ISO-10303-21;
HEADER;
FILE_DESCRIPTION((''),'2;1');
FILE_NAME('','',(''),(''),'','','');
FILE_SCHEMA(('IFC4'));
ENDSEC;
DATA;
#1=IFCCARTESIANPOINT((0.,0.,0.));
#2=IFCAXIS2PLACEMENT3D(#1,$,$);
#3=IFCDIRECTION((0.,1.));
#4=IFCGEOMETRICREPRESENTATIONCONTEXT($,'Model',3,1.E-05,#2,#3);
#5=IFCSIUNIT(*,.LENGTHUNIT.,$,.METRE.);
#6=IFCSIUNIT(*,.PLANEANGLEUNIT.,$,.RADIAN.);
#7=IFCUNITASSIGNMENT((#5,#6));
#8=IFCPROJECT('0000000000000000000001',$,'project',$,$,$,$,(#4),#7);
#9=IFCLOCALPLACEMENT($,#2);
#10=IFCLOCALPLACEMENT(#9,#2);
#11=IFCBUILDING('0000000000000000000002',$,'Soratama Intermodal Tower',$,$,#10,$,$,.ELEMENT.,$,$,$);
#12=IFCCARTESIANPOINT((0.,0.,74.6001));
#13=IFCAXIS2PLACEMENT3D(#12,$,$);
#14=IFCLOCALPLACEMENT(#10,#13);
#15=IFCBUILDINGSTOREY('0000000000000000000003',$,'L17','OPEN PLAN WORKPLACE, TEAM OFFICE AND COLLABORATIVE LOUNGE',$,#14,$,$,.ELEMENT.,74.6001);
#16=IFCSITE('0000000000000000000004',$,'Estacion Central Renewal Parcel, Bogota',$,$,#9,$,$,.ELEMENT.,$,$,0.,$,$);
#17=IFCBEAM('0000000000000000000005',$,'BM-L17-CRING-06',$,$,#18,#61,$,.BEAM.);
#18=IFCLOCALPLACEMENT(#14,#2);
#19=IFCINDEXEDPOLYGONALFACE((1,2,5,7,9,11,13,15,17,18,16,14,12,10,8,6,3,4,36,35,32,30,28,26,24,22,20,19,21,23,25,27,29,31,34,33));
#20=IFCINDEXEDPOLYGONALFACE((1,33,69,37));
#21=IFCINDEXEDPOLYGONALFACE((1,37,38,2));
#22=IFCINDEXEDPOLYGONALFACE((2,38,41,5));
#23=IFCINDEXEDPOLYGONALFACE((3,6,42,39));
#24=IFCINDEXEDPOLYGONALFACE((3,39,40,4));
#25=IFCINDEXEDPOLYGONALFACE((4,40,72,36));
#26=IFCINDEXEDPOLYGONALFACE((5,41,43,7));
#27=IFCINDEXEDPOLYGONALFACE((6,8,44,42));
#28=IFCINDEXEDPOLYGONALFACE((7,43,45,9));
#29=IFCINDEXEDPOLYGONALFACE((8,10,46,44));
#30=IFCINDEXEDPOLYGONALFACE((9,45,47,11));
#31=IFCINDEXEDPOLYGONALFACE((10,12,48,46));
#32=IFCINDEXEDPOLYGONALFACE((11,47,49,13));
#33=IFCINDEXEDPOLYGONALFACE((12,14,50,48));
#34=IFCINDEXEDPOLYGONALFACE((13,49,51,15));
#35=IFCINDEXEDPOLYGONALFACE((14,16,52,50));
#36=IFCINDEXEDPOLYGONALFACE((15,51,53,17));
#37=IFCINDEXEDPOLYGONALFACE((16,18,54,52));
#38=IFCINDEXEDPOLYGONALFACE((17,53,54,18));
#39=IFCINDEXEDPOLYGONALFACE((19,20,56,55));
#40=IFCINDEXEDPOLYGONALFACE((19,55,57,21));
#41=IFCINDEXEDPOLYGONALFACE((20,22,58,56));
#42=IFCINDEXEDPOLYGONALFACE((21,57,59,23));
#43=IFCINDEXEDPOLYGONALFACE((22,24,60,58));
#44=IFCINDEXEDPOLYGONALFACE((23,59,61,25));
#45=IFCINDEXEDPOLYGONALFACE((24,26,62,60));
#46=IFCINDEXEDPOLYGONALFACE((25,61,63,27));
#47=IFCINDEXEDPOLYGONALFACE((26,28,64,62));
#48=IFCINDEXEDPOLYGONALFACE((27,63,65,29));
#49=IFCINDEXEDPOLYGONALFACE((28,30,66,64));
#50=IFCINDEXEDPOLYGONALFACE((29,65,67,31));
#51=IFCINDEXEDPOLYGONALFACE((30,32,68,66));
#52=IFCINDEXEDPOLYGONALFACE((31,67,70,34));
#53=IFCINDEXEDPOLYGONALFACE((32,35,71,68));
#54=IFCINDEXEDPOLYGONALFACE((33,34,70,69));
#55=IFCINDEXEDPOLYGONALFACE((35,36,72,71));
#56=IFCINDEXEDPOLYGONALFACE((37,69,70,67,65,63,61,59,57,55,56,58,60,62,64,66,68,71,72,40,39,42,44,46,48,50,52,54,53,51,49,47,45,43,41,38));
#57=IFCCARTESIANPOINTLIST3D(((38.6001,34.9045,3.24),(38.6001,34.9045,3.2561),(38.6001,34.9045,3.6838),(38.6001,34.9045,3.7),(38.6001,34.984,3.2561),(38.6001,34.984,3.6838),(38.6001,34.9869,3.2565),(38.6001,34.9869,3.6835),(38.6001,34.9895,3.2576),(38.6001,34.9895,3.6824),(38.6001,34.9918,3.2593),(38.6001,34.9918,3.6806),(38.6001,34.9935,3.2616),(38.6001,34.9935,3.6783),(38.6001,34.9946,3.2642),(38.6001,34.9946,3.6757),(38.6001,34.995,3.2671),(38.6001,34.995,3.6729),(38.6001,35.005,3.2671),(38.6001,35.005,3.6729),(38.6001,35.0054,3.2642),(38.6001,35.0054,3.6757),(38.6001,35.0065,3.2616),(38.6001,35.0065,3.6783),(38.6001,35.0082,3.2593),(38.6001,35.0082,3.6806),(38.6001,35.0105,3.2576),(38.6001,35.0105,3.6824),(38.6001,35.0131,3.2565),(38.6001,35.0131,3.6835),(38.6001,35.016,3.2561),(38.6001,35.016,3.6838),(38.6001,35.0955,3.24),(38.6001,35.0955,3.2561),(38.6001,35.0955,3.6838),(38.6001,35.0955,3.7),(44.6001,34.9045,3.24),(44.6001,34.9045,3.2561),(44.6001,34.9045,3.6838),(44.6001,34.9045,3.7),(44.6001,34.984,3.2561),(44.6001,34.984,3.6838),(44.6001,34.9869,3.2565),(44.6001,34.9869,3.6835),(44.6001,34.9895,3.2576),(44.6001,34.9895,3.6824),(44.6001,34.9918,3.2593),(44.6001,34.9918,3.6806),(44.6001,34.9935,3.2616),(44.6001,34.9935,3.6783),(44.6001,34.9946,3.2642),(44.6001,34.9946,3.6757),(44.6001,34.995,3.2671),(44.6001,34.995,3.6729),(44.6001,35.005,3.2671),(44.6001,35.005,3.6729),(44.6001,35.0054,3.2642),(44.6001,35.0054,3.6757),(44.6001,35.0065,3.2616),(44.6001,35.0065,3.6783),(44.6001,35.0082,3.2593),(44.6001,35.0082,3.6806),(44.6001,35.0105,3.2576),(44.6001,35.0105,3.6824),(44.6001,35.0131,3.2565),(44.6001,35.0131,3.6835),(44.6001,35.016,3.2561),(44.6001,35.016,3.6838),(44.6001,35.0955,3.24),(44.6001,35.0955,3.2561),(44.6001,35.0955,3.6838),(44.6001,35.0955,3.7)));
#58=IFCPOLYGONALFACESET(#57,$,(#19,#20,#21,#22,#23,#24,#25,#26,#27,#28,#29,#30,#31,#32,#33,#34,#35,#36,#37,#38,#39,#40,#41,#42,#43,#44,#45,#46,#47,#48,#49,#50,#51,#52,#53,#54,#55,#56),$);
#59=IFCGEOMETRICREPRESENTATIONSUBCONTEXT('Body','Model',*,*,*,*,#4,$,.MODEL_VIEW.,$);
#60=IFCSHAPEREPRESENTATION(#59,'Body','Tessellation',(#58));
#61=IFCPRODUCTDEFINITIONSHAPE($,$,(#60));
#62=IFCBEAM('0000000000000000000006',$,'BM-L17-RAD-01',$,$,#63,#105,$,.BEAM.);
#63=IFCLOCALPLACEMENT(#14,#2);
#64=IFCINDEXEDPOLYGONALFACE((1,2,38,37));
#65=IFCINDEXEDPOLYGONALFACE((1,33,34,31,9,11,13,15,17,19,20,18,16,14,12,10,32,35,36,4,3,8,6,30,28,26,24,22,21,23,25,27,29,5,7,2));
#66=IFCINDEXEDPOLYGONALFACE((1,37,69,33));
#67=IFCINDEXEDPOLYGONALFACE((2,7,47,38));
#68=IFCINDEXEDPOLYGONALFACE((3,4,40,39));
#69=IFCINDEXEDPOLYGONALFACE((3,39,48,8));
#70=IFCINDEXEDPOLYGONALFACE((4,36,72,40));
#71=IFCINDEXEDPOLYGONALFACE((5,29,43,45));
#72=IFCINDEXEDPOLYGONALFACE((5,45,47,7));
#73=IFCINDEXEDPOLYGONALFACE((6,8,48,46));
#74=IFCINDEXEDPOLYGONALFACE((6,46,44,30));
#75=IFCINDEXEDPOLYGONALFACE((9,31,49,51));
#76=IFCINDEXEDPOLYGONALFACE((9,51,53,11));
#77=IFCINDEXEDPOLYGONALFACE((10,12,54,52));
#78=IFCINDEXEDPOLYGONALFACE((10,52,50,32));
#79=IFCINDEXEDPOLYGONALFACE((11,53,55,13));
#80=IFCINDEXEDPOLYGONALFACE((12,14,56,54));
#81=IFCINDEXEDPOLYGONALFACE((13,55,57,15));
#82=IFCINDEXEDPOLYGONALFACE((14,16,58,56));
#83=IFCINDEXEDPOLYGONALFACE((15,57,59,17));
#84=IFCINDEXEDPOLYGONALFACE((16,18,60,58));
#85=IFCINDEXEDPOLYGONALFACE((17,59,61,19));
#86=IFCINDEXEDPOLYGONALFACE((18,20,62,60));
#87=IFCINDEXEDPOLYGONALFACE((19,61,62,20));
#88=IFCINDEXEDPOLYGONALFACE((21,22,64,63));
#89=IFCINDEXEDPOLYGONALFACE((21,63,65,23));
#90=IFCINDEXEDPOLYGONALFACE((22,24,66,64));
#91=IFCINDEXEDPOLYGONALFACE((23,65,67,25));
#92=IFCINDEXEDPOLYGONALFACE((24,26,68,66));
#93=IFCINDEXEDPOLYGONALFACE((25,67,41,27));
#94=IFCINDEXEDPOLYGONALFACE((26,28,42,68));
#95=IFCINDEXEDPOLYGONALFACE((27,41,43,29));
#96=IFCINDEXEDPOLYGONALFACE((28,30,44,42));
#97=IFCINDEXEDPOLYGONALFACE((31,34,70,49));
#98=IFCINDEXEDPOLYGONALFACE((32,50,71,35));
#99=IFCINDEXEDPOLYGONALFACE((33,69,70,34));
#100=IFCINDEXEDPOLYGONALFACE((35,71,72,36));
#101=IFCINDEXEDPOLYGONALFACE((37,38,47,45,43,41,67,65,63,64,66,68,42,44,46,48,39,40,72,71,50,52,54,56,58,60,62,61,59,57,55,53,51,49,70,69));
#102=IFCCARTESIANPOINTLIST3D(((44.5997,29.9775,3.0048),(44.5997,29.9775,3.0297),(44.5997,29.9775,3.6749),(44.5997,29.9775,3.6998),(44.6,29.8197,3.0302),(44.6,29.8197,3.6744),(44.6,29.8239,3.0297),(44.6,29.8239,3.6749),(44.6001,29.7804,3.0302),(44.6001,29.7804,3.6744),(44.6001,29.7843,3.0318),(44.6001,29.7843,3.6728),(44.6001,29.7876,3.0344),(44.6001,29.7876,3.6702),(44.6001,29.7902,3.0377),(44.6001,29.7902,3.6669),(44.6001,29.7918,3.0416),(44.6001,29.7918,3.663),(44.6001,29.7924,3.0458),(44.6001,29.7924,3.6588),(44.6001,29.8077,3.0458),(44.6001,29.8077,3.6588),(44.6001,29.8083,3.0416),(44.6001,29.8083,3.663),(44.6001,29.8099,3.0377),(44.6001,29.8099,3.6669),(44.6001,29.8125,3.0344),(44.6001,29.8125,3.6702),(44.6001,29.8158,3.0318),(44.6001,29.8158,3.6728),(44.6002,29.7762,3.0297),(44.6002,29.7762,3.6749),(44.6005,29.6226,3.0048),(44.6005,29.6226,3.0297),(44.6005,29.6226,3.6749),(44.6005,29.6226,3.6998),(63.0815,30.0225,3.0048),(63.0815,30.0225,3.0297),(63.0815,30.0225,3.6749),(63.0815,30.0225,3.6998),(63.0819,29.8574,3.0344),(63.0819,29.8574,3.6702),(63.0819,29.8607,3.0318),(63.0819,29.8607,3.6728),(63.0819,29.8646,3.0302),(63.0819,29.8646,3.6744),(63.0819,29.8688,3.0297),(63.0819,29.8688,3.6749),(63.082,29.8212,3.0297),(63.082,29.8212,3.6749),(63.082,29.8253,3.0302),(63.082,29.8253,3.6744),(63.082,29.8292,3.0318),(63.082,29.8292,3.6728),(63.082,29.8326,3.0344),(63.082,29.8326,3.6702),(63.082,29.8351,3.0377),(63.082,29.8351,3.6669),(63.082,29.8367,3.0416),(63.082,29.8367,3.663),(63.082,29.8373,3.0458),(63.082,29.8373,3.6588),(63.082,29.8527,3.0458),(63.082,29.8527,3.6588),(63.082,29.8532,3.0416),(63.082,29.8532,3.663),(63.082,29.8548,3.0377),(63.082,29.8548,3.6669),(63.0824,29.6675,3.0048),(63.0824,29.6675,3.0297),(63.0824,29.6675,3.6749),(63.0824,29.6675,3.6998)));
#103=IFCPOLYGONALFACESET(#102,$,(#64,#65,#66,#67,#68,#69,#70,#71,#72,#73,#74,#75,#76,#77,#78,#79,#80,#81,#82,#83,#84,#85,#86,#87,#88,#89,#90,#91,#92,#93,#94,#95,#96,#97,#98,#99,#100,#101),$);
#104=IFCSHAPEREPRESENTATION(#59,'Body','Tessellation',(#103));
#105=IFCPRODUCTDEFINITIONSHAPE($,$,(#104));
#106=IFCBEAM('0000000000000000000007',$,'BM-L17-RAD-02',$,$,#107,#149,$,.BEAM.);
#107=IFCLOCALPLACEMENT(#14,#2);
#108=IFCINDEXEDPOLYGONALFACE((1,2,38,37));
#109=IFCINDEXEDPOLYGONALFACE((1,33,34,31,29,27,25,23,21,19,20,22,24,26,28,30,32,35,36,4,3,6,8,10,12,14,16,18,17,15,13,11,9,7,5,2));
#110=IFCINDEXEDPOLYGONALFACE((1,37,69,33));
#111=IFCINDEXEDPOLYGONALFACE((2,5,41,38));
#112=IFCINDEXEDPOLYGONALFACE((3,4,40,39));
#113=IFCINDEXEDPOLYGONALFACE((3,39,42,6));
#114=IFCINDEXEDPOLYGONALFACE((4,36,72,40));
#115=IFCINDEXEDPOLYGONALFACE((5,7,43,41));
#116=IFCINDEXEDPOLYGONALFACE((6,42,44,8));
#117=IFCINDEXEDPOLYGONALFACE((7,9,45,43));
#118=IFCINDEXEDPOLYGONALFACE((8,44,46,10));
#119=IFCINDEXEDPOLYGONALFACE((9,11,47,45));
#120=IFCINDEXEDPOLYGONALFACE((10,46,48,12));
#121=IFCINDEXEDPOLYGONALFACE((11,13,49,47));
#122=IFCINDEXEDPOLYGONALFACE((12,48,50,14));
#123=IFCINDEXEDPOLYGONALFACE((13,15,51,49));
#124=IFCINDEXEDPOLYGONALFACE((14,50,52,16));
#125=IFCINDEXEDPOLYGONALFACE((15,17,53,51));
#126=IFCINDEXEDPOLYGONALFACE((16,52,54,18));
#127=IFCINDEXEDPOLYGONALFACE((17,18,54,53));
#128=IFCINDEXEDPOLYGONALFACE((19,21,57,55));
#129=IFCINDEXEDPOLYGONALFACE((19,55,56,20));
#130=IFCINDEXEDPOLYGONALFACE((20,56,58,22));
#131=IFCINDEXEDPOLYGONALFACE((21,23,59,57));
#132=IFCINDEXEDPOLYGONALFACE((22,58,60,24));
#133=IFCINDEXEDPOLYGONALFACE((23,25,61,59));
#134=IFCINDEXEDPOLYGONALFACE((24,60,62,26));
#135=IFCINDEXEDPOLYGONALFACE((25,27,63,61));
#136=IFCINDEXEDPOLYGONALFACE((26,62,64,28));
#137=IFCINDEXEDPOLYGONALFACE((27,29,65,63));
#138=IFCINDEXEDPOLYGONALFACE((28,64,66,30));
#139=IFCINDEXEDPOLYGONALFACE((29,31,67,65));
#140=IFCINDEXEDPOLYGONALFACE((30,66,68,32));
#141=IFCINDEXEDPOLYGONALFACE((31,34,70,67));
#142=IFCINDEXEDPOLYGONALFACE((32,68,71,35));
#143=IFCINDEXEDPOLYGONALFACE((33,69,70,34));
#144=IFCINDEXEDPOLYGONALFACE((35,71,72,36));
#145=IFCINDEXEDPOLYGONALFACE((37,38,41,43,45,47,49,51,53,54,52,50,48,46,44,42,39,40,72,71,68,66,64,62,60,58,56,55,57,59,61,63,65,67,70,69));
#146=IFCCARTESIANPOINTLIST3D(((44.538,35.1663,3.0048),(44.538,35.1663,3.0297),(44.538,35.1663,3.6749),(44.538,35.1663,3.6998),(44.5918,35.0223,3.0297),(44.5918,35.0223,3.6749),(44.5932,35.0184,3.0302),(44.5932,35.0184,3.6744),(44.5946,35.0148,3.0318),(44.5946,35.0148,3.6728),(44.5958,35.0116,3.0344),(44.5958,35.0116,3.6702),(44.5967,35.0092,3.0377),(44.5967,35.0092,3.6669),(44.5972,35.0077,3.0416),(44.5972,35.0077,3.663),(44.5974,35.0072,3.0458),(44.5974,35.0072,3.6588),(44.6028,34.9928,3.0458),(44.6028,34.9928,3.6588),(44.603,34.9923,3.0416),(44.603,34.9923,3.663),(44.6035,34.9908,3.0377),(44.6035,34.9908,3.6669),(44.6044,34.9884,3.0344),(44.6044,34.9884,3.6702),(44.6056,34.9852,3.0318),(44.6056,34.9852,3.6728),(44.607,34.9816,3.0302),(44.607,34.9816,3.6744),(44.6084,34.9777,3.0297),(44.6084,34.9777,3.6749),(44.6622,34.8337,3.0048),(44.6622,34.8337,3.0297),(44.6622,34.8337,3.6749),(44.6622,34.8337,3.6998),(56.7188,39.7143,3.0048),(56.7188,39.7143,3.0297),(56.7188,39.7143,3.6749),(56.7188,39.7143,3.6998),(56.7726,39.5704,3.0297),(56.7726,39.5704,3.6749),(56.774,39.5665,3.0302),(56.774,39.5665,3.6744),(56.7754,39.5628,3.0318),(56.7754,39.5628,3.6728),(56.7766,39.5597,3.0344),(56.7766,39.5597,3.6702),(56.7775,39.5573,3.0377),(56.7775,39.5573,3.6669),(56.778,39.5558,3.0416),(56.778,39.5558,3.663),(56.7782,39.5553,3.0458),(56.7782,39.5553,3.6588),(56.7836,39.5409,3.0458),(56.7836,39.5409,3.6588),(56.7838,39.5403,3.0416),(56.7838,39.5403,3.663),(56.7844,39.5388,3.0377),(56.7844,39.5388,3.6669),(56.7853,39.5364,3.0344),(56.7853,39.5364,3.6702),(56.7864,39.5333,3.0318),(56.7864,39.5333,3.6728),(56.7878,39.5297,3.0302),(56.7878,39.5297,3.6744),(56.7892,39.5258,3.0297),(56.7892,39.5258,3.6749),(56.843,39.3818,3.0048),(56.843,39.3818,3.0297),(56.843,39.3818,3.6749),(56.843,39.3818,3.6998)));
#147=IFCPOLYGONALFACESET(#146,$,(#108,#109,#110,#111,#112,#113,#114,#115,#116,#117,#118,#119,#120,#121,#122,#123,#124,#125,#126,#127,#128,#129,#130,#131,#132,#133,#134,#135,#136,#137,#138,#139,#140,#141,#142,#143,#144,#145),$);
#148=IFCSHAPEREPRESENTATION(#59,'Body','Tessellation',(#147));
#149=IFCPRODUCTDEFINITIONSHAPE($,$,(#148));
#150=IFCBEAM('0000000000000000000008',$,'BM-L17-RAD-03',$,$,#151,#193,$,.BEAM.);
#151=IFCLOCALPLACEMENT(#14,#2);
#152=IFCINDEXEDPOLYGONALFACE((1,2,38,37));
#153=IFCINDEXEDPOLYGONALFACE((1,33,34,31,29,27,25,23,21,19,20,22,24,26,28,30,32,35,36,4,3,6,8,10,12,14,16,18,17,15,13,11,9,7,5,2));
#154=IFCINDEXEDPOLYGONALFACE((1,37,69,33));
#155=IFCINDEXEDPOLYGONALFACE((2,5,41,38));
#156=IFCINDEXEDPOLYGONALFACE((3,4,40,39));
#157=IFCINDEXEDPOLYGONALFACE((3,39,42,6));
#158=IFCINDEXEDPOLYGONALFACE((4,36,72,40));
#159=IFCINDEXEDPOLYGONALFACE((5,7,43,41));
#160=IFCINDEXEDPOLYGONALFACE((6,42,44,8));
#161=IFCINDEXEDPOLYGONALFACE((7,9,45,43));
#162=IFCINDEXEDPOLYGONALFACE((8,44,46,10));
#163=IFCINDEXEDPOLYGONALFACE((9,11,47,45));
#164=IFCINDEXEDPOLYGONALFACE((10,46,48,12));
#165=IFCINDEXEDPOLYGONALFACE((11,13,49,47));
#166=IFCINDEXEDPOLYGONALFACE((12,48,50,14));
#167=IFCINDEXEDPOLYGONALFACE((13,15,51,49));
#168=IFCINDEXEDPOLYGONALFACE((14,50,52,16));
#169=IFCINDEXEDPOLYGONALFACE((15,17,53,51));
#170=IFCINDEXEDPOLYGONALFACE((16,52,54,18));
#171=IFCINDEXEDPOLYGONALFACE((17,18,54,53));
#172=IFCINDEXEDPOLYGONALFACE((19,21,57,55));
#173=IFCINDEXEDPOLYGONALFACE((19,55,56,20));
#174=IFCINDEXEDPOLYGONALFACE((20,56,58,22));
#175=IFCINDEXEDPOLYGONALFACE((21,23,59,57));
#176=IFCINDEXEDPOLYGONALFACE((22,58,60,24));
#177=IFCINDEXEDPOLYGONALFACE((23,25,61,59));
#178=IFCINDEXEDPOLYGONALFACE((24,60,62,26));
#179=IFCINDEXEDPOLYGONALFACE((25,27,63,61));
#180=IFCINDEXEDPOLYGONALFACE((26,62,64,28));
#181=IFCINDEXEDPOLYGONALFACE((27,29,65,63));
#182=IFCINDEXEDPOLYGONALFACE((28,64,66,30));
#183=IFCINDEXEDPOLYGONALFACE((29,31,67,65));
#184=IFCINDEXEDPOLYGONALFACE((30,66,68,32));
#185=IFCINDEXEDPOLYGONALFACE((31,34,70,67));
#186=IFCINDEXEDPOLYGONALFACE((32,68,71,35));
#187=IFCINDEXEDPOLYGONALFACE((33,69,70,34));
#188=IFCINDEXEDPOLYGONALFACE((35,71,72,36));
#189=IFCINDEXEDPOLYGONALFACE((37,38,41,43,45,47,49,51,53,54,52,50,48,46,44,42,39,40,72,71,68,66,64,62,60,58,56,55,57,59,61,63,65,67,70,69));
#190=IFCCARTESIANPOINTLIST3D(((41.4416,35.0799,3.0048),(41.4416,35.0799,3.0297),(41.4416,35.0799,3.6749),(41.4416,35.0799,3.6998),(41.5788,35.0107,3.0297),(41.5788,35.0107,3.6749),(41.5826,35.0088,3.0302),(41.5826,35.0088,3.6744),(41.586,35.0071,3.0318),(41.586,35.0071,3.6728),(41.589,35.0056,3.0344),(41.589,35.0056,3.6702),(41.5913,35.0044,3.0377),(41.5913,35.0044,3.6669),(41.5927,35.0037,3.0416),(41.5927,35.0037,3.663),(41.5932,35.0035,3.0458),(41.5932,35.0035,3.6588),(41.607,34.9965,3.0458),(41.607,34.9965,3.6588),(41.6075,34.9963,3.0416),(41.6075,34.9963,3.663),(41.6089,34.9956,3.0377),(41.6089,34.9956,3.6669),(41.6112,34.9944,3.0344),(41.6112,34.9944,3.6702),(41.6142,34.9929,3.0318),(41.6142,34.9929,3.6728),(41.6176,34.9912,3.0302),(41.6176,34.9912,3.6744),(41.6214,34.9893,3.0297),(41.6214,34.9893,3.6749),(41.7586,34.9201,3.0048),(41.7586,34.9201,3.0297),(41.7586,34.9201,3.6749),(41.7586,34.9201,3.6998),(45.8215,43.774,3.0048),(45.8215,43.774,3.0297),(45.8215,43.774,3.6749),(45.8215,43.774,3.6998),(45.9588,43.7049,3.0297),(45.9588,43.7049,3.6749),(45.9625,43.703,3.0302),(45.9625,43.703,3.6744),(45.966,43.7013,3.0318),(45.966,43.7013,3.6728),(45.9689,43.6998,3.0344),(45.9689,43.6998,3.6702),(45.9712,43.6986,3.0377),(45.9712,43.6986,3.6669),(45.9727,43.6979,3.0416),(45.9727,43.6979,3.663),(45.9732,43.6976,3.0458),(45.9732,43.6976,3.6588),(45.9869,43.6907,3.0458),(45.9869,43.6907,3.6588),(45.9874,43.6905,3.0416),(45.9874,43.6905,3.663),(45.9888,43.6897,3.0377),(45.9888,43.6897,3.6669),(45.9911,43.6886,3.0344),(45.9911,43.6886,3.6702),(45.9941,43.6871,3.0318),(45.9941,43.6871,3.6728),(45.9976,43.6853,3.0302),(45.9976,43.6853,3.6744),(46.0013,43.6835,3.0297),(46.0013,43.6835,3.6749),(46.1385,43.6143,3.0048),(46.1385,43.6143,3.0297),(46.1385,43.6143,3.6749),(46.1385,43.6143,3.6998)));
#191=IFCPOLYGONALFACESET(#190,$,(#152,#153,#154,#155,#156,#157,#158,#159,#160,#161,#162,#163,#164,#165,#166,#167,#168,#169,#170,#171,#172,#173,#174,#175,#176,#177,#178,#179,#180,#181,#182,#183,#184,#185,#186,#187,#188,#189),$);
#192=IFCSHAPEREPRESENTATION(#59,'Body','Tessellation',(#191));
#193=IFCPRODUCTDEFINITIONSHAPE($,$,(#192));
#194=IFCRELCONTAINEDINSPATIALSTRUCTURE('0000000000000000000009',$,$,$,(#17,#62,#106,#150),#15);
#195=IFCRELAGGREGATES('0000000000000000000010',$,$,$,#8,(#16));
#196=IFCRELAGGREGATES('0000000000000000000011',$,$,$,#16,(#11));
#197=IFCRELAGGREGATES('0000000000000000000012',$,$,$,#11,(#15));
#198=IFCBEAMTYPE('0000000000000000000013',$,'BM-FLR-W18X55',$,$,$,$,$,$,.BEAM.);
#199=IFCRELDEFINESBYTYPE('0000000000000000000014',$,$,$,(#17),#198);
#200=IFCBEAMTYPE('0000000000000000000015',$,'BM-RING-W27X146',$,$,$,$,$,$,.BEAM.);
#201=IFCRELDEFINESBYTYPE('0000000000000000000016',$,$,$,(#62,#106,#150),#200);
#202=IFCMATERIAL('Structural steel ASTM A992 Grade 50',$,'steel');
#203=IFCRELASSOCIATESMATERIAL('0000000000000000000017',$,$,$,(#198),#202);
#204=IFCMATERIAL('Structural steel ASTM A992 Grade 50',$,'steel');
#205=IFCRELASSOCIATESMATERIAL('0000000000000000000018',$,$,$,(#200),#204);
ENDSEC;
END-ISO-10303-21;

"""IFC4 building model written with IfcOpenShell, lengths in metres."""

from ifc_helpers import new_model, si_unit, direction, frame, origin, origin_2d, place, context, subcontext, project, spatial, i_section, extrude, material, material_profile, profile_set, type_object, element, save


model = new_model("IFC4")

# Units and contexts
model_context = context("Model", 3, precision=1e-05, world=origin(), true_north=direction((0.0, 1.0)))
body_context = subcontext(model_context, "Body", "Model", "MODEL_VIEW")
ifc_project = project(units=[si_unit("LENGTHUNIT", "METRE"), si_unit("PLANEANGLEUNIT", "RADIAN")], contexts=[model_context])

# Site, building, storey
site_placement = place(None, origin())
site = spatial("IfcSite", under=ifc_project, at=site_placement, Name="Estacion Central Renewal Parcel, Bogota", CompositionType="ELEMENT", RefElevation=0.0)
building_placement = place(site_placement, origin())
building = spatial("IfcBuilding", under=site, at=building_placement, Name="Soratama Intermodal Tower", CompositionType="ELEMENT")
storey_placement = place(building_placement, frame((0.0, 0.0, 74.6001)))
storey = spatial("IfcBuildingStorey", under=building, at=storey_placement, Name="L17", Description="OPEN PLAN WORKPLACE, TEAM OFFICE AND COLLABORATIVE LOUNGE", CompositionType="ELEMENT", Elevation=74.6001)

# Beams
ifc_material_1 = material(Name="Structural steel ASTM A992 Grade 50", Category="steel")
ifc_material_profile_1 = material_profile(ifc_material_1, i_section(OverallWidth=0.1909, OverallDepth=0.46, WebThickness=0.01, FlangeThickness=0.0161, FilletRadius=0.011, at=origin_2d()), Name="W18X55")
ifc_profile_set_1 = profile_set([ifc_material_profile_1], Name="Structural steel ASTM A992 Grade 50")
beam_type_1 = type_object("IfcBeamType", Name="BM-FLR-W18X55", PredefinedType="BEAM", material=ifc_profile_set_1)
beam_1_placement = place(storey_placement, frame((44.6001, 35.0, 3.47), z_axis=(-1.0, 0.0, 0.0), x_axis=(0.0, -1.0, 0.0)))
element("IfcBeam", 1, at=beam_1_placement, inside=storey, type_object=beam_type_1, Name="BM-L17-CRING-06", PredefinedType="BEAM", context=body_context, shape_type="SweptSolid", body=[
    extrude(i_section(OverallWidth=0.1909, OverallDepth=0.46, WebThickness=0.01, FlangeThickness=0.0161, FilletRadius=0.011, at=origin_2d()), origin(), (0.0, 0.0, 1.0), 6.0),
])
ifc_material_2 = material(Name="Structural steel ASTM A992 Grade 50", Category="steel")
ifc_material_profile_2 = material_profile(ifc_material_2, i_section(OverallWidth=0.355, OverallDepth=0.6951, WebThickness=0.0154, FlangeThickness=0.0249, FilletRadius=0.0161, at=origin_2d()), Name="W27X146")
ifc_profile_set_2 = profile_set([ifc_material_profile_2], Name="Structural steel ASTM A992 Grade 50")
beam_type_2 = type_object("IfcBeamType", Name="BM-RING-W27X146", PredefinedType="BEAM", material=ifc_profile_set_2)
beam_2_placement = place(storey_placement, frame((44.6001, 29.8, 3.3523), z_axis=(0.999997, 0.002431, 0.0), x_axis=(-0.002431, 0.999997, 0.0)))
element("IfcBeam", 2, at=beam_2_placement, inside=storey, type_object=beam_type_2, Name="BM-L17-RAD-01", PredefinedType="BEAM", context=body_context, shape_type="SweptSolid", body=[
    extrude(i_section(OverallWidth=0.355, OverallDepth=0.6951, WebThickness=0.0154, FlangeThickness=0.0249, FilletRadius=0.0161, at=origin_2d()), origin(), (0.0, 0.0, 1.0), 18.4819),
])
beam_3_placement = place(storey_placement, frame((44.6001, 35.0, 3.3523), z_axis=(0.936827, 0.349792, 0.0), x_axis=(-0.349792, 0.936827, 0.0)))
element("IfcBeam", 3, at=beam_3_placement, inside=storey, type_object=beam_type_2, Name="BM-L17-RAD-02", PredefinedType="BEAM", context=body_context, shape_type="SweptSolid", body=[
    extrude(i_section(OverallWidth=0.355, OverallDepth=0.6951, WebThickness=0.0154, FlangeThickness=0.0249, FilletRadius=0.0161, at=origin_2d()), origin(), (0.0, 0.0, 1.0), 13.0022),
])
beam_4_placement = place(storey_placement, frame((41.6001, 35.0, 3.3523), z_axis=(0.44991, 0.893074, 0.0), x_axis=(-0.893074, 0.44991, 0.0)))
element("IfcBeam", 4, at=beam_4_placement, inside=storey, type_object=beam_type_2, Name="BM-L17-RAD-03", PredefinedType="BEAM", context=body_context, shape_type="SweptSolid", body=[
    extrude(i_section(OverallWidth=0.355, OverallDepth=0.6951, WebThickness=0.0154, FlangeThickness=0.0249, FilletRadius=0.0161, at=origin_2d()), origin(), (0.0, 0.0, 1.0), 9.7351),
])

save(model, "model.ifc")
